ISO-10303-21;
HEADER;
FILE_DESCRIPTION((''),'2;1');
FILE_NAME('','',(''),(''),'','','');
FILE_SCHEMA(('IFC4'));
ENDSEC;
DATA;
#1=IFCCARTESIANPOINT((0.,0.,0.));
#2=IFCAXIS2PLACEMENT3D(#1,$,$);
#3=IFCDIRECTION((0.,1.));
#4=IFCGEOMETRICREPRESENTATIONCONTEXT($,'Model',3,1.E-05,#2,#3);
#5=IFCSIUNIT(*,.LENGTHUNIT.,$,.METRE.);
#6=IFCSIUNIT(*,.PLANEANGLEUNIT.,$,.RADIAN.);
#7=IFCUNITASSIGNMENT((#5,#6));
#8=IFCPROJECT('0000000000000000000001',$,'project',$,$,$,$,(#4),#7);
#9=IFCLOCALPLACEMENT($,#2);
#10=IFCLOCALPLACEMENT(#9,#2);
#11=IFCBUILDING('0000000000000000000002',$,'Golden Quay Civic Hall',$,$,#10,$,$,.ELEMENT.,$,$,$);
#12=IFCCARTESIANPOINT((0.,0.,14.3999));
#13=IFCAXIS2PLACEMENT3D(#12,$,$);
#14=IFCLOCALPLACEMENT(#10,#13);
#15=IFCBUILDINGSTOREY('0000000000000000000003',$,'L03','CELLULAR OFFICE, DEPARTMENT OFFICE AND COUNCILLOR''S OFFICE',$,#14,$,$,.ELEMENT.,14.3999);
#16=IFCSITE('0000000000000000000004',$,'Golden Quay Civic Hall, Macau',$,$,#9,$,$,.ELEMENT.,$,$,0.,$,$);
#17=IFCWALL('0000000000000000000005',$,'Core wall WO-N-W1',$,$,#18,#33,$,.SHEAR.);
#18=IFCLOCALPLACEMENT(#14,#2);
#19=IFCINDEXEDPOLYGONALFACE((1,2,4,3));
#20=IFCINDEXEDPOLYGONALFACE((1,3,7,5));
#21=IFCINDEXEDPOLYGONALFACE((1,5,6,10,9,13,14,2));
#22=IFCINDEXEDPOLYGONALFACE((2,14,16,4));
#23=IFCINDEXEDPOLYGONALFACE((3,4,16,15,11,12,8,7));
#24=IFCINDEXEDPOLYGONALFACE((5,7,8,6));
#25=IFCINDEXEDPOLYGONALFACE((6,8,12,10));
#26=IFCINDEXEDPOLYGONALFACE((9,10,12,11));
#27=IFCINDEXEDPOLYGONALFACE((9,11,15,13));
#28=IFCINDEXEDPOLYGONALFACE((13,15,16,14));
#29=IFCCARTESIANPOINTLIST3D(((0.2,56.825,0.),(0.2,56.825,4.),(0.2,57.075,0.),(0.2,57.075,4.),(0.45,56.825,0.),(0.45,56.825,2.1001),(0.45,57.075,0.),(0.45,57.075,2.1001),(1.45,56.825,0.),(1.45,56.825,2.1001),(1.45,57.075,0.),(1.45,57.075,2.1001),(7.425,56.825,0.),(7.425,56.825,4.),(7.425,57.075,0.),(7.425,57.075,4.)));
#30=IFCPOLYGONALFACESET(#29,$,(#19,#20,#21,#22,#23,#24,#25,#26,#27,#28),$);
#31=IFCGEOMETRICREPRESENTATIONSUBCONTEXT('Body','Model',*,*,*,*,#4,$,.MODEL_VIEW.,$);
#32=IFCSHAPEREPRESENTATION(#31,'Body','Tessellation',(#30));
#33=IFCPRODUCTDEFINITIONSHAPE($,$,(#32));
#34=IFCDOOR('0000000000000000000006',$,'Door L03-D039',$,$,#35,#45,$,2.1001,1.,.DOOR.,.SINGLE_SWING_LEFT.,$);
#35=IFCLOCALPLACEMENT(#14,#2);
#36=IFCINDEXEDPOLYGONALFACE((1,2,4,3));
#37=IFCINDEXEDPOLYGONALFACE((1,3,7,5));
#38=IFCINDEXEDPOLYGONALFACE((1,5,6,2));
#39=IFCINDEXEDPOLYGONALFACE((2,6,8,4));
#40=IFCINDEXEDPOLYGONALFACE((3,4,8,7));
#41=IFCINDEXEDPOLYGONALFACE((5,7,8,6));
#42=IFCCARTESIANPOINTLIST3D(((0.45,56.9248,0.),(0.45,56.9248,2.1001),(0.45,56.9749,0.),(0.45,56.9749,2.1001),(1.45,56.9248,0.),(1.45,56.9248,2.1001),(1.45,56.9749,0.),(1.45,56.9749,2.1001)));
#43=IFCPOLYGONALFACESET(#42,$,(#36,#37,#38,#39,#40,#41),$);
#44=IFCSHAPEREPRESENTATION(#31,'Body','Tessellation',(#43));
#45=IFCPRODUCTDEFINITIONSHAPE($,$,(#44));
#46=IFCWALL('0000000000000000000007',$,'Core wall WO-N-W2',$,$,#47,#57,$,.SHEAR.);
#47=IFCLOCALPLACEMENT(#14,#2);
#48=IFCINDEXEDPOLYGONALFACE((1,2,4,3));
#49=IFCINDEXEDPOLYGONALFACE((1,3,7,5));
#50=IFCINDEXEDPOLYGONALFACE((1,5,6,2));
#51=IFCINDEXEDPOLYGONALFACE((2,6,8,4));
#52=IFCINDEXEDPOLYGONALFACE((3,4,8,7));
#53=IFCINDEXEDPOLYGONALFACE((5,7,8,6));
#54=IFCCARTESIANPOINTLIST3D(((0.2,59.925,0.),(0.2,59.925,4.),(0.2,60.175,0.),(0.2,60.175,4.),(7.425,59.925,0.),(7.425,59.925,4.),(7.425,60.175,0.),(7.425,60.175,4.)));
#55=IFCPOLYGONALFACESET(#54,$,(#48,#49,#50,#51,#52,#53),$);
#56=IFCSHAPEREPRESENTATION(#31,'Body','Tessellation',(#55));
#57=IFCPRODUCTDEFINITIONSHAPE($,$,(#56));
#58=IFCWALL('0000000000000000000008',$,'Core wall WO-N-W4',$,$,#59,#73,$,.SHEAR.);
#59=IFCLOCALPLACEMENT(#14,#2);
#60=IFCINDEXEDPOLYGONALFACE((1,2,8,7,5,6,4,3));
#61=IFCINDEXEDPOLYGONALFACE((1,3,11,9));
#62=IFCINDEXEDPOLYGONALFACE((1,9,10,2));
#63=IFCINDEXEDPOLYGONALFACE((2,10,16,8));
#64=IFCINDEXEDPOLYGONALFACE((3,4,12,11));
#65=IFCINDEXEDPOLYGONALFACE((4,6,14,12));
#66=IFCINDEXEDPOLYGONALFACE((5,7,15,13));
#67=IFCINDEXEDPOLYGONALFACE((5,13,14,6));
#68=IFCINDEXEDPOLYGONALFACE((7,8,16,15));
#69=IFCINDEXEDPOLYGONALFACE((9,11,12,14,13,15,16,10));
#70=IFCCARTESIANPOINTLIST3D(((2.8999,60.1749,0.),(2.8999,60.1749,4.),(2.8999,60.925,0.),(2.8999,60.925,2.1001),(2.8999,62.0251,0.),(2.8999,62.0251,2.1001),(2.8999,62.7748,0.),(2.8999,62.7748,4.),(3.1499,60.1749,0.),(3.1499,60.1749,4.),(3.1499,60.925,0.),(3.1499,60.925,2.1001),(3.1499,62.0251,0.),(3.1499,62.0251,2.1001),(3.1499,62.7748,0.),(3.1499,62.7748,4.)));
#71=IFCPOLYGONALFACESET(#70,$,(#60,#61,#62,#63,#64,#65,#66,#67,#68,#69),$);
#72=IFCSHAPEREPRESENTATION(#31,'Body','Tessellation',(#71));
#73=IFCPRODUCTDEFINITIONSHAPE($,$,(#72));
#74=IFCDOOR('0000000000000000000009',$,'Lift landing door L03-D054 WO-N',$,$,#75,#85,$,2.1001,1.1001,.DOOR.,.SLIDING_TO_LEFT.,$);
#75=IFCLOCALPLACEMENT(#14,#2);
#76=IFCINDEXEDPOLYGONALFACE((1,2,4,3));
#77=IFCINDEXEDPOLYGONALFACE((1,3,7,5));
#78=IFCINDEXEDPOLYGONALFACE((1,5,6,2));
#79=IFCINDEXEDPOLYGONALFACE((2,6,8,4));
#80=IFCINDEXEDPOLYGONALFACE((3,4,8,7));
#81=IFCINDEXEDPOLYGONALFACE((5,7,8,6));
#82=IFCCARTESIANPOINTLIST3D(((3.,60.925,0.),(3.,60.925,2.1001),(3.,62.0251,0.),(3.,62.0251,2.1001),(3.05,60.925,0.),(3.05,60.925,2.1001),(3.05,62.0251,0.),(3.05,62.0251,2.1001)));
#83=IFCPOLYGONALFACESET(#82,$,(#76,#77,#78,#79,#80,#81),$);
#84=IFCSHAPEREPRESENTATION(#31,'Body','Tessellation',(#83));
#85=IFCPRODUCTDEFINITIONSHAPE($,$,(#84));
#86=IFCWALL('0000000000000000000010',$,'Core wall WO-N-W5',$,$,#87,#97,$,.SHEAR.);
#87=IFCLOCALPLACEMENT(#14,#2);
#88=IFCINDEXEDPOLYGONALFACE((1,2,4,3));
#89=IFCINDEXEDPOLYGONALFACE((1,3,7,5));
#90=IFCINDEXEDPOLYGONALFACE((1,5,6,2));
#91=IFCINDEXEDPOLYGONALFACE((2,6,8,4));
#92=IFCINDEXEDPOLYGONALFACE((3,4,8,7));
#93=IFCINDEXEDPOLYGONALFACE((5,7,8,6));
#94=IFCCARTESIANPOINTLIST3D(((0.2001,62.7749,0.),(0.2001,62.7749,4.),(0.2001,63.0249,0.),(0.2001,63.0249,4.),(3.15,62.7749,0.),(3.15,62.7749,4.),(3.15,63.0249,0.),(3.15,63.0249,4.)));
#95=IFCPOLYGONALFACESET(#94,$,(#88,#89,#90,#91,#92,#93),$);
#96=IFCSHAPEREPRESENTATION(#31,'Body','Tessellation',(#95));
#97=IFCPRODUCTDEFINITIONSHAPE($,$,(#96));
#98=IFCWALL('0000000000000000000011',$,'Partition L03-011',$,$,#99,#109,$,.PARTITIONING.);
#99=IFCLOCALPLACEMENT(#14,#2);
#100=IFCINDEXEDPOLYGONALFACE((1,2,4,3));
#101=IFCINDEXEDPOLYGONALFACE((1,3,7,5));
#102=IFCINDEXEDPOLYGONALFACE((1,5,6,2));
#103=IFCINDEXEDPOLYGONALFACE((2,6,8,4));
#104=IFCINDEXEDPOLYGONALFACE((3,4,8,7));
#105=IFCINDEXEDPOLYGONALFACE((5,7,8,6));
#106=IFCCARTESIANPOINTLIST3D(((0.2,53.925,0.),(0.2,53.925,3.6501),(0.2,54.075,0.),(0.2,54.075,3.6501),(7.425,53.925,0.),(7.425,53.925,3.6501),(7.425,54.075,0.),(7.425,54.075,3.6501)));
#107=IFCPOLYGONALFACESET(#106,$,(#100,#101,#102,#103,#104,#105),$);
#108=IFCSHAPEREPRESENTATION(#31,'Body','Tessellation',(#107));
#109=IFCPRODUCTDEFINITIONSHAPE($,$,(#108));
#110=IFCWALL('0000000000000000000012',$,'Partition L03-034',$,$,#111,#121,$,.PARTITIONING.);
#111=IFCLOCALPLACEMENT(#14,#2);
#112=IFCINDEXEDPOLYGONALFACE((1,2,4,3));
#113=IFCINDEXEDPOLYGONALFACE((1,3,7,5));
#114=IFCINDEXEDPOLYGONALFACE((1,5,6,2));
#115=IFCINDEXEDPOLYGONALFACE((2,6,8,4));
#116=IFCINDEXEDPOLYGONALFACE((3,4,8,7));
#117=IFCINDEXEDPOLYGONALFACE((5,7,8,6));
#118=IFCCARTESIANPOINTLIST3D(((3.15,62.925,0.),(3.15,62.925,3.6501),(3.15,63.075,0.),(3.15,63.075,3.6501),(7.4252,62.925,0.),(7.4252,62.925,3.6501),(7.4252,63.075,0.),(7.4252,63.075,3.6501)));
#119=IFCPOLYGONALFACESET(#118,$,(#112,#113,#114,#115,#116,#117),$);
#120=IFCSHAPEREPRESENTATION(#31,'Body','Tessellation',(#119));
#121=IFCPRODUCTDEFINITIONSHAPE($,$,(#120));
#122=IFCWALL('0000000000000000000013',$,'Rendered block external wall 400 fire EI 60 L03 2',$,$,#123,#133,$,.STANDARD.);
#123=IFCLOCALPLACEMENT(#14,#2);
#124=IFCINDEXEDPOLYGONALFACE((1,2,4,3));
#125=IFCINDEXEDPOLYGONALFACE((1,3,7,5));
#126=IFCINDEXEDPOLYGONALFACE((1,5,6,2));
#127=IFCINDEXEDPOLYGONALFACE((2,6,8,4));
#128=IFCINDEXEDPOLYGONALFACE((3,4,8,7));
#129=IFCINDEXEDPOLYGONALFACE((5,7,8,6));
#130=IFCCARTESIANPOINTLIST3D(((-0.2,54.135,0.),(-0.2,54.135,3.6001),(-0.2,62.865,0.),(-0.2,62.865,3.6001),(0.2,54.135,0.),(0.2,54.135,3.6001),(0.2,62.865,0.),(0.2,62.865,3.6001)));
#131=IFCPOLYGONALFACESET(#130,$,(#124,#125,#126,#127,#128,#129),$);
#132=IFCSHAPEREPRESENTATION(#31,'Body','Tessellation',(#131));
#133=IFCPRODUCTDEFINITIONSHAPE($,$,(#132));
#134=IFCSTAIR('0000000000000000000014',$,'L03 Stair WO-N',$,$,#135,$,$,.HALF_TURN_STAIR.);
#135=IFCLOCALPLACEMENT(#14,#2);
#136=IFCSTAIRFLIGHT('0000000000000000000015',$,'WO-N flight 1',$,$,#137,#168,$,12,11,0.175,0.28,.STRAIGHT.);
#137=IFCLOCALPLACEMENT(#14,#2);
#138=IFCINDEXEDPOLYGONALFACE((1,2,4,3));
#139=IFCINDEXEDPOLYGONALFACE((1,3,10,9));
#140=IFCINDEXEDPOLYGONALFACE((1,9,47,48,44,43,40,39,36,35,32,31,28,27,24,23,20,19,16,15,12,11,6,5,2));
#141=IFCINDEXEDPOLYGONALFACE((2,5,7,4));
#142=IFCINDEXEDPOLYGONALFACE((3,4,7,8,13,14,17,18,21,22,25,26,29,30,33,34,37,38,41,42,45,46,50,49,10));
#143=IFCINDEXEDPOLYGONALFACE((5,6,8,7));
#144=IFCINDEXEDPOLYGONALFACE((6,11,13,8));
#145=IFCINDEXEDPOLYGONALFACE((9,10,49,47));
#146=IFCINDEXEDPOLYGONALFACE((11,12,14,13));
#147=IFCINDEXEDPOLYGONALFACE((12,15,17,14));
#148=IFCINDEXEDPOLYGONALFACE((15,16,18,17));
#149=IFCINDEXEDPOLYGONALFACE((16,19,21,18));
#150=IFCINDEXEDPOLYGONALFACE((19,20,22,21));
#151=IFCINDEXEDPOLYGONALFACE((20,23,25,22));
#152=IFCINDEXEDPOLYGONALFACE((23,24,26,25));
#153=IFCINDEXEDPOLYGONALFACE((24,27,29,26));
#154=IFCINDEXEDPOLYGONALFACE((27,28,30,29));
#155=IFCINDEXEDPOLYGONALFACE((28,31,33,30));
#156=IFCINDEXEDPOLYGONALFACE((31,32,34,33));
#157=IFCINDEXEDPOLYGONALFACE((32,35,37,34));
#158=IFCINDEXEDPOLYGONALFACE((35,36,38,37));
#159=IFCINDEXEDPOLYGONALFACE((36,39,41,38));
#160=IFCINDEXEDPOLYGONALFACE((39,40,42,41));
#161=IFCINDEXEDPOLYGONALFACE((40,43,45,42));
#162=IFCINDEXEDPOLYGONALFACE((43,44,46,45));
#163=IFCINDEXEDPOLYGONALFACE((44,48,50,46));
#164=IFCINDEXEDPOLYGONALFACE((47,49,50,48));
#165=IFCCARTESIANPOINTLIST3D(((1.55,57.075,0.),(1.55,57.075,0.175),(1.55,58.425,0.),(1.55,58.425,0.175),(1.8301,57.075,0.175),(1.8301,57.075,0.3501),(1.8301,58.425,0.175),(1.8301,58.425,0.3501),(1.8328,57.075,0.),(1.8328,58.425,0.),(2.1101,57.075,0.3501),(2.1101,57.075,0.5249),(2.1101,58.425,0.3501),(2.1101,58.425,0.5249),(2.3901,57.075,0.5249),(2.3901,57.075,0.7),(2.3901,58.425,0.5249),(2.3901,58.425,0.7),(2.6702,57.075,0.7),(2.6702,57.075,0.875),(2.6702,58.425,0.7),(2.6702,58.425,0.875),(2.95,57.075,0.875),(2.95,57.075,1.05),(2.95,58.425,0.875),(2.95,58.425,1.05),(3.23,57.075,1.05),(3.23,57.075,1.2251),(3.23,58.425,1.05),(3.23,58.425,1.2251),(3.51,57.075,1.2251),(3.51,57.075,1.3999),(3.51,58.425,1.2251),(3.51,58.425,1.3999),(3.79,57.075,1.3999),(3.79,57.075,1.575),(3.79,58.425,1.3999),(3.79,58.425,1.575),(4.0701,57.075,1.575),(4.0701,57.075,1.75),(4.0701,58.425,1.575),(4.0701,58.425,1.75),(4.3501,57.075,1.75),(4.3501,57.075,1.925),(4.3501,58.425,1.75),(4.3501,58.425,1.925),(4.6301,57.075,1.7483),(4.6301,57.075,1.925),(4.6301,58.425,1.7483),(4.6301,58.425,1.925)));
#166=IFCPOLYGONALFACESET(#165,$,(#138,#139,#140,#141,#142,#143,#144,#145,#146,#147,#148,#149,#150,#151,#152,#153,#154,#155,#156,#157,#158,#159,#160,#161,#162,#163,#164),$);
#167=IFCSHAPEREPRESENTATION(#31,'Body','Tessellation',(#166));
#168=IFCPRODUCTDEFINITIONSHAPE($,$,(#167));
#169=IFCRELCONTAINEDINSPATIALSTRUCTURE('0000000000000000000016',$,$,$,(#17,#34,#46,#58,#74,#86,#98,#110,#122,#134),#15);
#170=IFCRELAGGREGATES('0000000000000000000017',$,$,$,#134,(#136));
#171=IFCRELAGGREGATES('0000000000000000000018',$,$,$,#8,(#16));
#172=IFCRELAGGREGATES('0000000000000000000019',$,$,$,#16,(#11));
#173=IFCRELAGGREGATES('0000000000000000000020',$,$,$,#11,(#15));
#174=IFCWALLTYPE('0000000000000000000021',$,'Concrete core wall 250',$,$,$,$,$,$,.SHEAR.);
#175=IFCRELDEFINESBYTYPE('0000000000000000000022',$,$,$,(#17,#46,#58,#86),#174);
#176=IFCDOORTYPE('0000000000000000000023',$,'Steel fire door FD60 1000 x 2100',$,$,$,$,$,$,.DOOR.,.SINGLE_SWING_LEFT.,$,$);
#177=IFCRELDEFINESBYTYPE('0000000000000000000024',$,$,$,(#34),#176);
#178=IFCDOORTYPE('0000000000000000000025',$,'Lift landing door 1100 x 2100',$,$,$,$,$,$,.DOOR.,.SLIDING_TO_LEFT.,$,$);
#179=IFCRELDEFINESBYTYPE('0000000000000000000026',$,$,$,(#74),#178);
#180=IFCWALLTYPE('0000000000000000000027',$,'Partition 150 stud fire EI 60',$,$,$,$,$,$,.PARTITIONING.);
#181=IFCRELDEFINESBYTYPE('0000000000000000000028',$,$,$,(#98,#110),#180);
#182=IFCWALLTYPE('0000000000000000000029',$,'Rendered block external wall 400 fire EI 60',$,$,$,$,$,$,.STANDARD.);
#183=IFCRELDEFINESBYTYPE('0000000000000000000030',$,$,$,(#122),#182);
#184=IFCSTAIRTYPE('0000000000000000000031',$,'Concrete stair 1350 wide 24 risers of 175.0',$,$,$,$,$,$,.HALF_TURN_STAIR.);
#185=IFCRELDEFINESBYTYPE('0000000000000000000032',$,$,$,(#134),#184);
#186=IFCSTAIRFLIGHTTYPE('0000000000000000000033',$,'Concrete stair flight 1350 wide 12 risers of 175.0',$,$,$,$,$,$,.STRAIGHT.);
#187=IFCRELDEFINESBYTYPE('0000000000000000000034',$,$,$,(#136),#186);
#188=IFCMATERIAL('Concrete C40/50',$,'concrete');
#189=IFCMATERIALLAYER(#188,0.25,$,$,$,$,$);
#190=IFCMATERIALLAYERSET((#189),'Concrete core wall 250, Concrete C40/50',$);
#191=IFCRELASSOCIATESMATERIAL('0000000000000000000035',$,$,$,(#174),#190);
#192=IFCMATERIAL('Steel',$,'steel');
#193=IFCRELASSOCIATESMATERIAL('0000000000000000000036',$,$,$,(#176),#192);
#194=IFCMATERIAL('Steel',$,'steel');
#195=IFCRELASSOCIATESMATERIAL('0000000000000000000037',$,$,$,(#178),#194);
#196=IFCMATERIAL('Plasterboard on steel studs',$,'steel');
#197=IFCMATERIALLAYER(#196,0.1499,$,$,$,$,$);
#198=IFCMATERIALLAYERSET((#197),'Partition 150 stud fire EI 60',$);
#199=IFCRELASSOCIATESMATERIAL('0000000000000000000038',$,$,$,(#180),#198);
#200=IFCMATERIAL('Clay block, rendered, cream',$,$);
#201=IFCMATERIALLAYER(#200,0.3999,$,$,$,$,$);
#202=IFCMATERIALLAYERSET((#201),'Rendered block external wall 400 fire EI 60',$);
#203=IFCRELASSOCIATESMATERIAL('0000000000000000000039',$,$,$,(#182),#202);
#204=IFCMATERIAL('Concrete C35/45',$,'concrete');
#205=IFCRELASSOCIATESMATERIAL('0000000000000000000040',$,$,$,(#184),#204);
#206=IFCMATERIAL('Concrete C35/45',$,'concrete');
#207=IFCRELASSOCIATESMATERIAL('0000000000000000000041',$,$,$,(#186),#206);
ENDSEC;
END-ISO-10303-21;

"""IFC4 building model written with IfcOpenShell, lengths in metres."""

from ifc_helpers import new_model, si_unit, direction, frame, frame_2d, origin, place, context, subcontext, project, spatial, polyline, rectangle, outline, extrude, material, layer, layer_set, type_object, element, fill, aggregate, save


model = new_model("IFC4")

# Units and contexts
model_context = context("Model", 3, precision=1e-05, world=origin(), true_north=direction((0.0, 1.0)))
body_context = subcontext(model_context, "Body", "Model", "MODEL_VIEW")
ifc_project = project(units=[si_unit("LENGTHUNIT", "METRE"), si_unit("PLANEANGLEUNIT", "RADIAN")], contexts=[model_context])

# Site, building, storey
site_placement = place(None, origin())
site = spatial("IfcSite", under=ifc_project, at=site_placement, Name="Golden Quay Civic Hall, Macau", CompositionType="ELEMENT", RefElevation=0.0)
building_placement = place(site_placement, origin())
building = spatial("IfcBuilding", under=site, at=building_placement, Name="Golden Quay Civic Hall", CompositionType="ELEMENT")
storey_placement = place(building_placement, frame((0.0, 0.0, 14.3999)))
storey = spatial("IfcBuildingStorey", under=building, at=storey_placement, Name="L03", Description="CELLULAR OFFICE, DEPARTMENT OFFICE AND COUNCILLOR'S OFFICE", CompositionType="ELEMENT", Elevation=14.3999)

# Wall, opening, door
ifc_material_1 = material(Name="Concrete C40/50", Category="concrete")
ifc_layer_1 = layer(ifc_material_1, 0.25)
ifc_layer_set_1 = layer_set([ifc_layer_1], Name="Concrete core wall 250, Concrete C40/50")
wall_type_1 = type_object("IfcWallType", Name="Concrete core wall 250", PredefinedType="SHEAR", material=ifc_layer_set_1)
wall_1_placement = place(storey_placement, frame((0.2, 56.95, 0.0), z_axis=(0.0, 0.0, 1.0), x_axis=(1.0, 0.0, 0.0)))
wall_1 = element("IfcWall", 1, at=wall_1_placement, inside=storey, type_object=wall_type_1, Name="Core wall WO-N-W1", PredefinedType="SHEAR", context=body_context, shape_type="SweptSolid", body=[
    extrude(rectangle(XDim=7.2251, YDim=0.25, at=frame_2d((3.6125, 0.0))), origin(), (0.0, 0.0, 1.0), 4.0),
])
opening_1_placement = place(wall_1_placement, frame((0.25, 0.0, 0.0)))
opening_1 = element("IfcOpeningElement", 2, at=opening_1_placement, cuts=wall_1, PredefinedType="OPENING", context=body_context, shape_type="SweptSolid", body=[
    extrude(rectangle(XDim=1.0, YDim=2.1001, at=frame_2d((0.5, 1.05))), frame((0.0, 0.135, 0.0), z_axis=(0.0, -1.0, 0.0), x_axis=(1.0, 0.0, 0.0)), (0.0, 0.0, 1.0), 0.27),
])
ifc_material_2 = material(Name="Steel", Category="steel")
door_type_1 = type_object("IfcDoorType", Name="Steel fire door FD60 1000 x 2100", OperationType="SINGLE_SWING_LEFT", PredefinedType="DOOR", material=ifc_material_2)
door_1_placement = place(opening_1_placement, origin())
door_1 = element("IfcDoor", 3, at=door_1_placement, inside=storey, type_object=door_type_1, Name="Door L03-D039", OperationType="SINGLE_SWING_LEFT", OverallHeight=2.1001, OverallWidth=1.0, PredefinedType="DOOR", context=body_context, shape_type="SweptSolid", body=[
    extrude(rectangle(XDim=1.0, YDim=2.1001, at=frame_2d((0.5, 1.05))), frame((0.0, 0.0249, 0.0), z_axis=(0.0, -1.0, 0.0), x_axis=(1.0, 0.0, 0.0)), (0.0, 0.0, 1.0), 0.05),
])
fill(opening_1, door_1)

# Wall
wall_2_placement = place(storey_placement, frame((0.2, 60.05, 0.0), z_axis=(0.0, 0.0, 1.0), x_axis=(1.0, 0.0, 0.0)))
element("IfcWall", 4, at=wall_2_placement, inside=storey, type_object=wall_type_1, Name="Core wall WO-N-W2", PredefinedType="SHEAR", context=body_context, shape_type="SweptSolid", body=[
    extrude(rectangle(XDim=7.2251, YDim=0.25, at=frame_2d((3.6125, 0.0))), origin(), (0.0, 0.0, 1.0), 4.0),
])

# Wall, opening, door
wall_3_placement = place(storey_placement, frame((3.0249, 60.175, 0.0), z_axis=(0.0, 0.0, 1.0), x_axis=(0.0, 1.0, 0.0)))
wall_3 = element("IfcWall", 5, at=wall_3_placement, inside=storey, type_object=wall_type_1, Name="Core wall WO-N-W4", PredefinedType="SHEAR", context=body_context, shape_type="SweptSolid", body=[
    extrude(rectangle(XDim=2.5999, YDim=0.25, at=frame_2d((1.2998, 0.0))), origin(), (0.0, 0.0, 1.0), 4.0),
])
opening_2_placement = place(wall_3_placement, frame((0.75, 0.0, 0.0)))
opening_2 = element("IfcOpeningElement", 6, at=opening_2_placement, cuts=wall_3, PredefinedType="OPENING", context=body_context, shape_type="SweptSolid", body=[
    extrude(rectangle(XDim=1.1001, YDim=2.1001, at=frame_2d((0.55, 1.05))), frame((0.0, 0.135, 0.0), z_axis=(0.0, -1.0, 0.0), x_axis=(1.0, 0.0, 0.0)), (0.0, 0.0, 1.0), 0.27),
])
ifc_material_3 = material(Name="Steel", Category="steel")
door_type_2 = type_object("IfcDoorType", Name="Lift landing door 1100 x 2100", OperationType="SLIDING_TO_LEFT", PredefinedType="DOOR", material=ifc_material_3)
door_2_placement = place(opening_2_placement, origin())
door_2 = element("IfcDoor", 7, at=door_2_placement, inside=storey, type_object=door_type_2, Name="Lift landing door L03-D054 WO-N", OperationType="SLIDING_TO_LEFT", OverallHeight=2.1001, OverallWidth=1.1001, PredefinedType="DOOR", context=body_context, shape_type="SweptSolid", body=[
    extrude(rectangle(XDim=1.1001, YDim=2.1001, at=frame_2d((0.55, 1.05))), frame((0.0, 0.0249, 0.0), z_axis=(0.0, -1.0, 0.0), x_axis=(1.0, 0.0, 0.0)), (0.0, 0.0, 1.0), 0.05),
])
fill(opening_2, door_2)

# Walls
wall_4_placement = place(storey_placement, frame((0.2, 62.8999, 0.0), z_axis=(0.0, 0.0, 1.0), x_axis=(1.0, 0.0, 0.0)))
element("IfcWall", 8, at=wall_4_placement, inside=storey, type_object=wall_type_1, Name="Core wall WO-N-W5", PredefinedType="SHEAR", context=body_context, shape_type="SweptSolid", body=[
    extrude(rectangle(XDim=2.95, YDim=0.25, at=frame_2d((1.4751, 0.0))), origin(), (0.0, 0.0, 1.0), 4.0),
])
ifc_material_4 = material(Name="Plasterboard on steel studs", Category="steel")
ifc_layer_2 = layer(ifc_material_4, 0.1499)
ifc_layer_set_2 = layer_set([ifc_layer_2], Name="Partition 150 stud fire EI 60")
wall_type_2 = type_object("IfcWallType", Name="Partition 150 stud fire EI 60", PredefinedType="PARTITIONING", material=ifc_layer_set_2)
wall_5_placement = place(storey_placement, frame((0.2, 54.0, 0.0), z_axis=(0.0, 0.0, 1.0), x_axis=(1.0, 0.0, 0.0)))
element("IfcWall", 9, at=wall_5_placement, inside=storey, type_object=wall_type_2, Name="Partition L03-011", PredefinedType="PARTITIONING", context=body_context, shape_type="SweptSolid", body=[
    extrude(rectangle(XDim=7.2251, YDim=0.1499, at=frame_2d((3.6125, 0.0))), origin(), (0.0, 0.0, 1.0), 3.6501),
])
wall_6_placement = place(storey_placement, frame((3.1499, 63.0, 0.0), z_axis=(0.0, 0.0, 1.0), x_axis=(1.0, 0.0, 0.0)))
element("IfcWall", 10, at=wall_6_placement, inside=storey, type_object=wall_type_2, Name="Partition L03-034", PredefinedType="PARTITIONING", context=body_context, shape_type="SweptSolid", body=[
    extrude(rectangle(XDim=4.2751, YDim=0.1499, at=frame_2d((2.1377, 0.0))), origin(), (0.0, 0.0, 1.0), 3.6501),
])
ifc_material_5 = material(Name="Clay block, rendered, cream")
ifc_layer_3 = layer(ifc_material_5, 0.3999)
ifc_layer_set_3 = layer_set([ifc_layer_3], Name="Rendered block external wall 400 fire EI 60")
wall_type_3 = type_object("IfcWallType", Name="Rendered block external wall 400 fire EI 60", PredefinedType="STANDARD", material=ifc_layer_set_3)
wall_7_placement = place(storey_placement, frame((0.0, 54.135, 0.0), z_axis=(0.0, 0.0, 1.0), x_axis=(0.0, 1.0, 0.0)))
element("IfcWall", 11, at=wall_7_placement, inside=storey, type_object=wall_type_3, Name="Rendered block external wall 400 fire EI 60 L03 2", PredefinedType="STANDARD", context=body_context, shape_type="SweptSolid", body=[
    extrude(rectangle(XDim=8.73, YDim=0.3999, at=frame_2d((4.365, 0.0))), origin(), (0.0, 0.0, 1.0), 3.6001),
])

# Stair, stair flight
ifc_material_6 = material(Name="Concrete C35/45", Category="concrete")
stair_type = type_object("IfcStairType", Name="Concrete stair 1350 wide 24 risers of 175.0", PredefinedType="HALF_TURN_STAIR", material=ifc_material_6)
stair_placement = place(storey_placement, origin())
stair = element("IfcStair", 12, at=stair_placement, inside=storey, type_object=stair_type, Name="L03 Stair WO-N", PredefinedType="HALF_TURN_STAIR")
ifc_material_7 = material(Name="Concrete C35/45", Category="concrete")
stair_flight_type = type_object("IfcStairFlightType", Name="Concrete stair flight 1350 wide 12 risers of 175.0", PredefinedType="STRAIGHT", material=ifc_material_7)
stair_flight_1_placement = place(storey_placement, frame((1.55, 57.75, 0.0), z_axis=(0.0, 0.0, 1.0), x_axis=(1.0, 0.0, 0.0)))
stair_flight_1 = element("IfcStairFlight", 13, at=stair_flight_1_placement, type_object=stair_flight_type, Name="WO-N flight 1", NumberOfRisers=12, NumberOfTreads=11, PredefinedType="STRAIGHT", RiserHeight=0.175, TreadLength=0.28, context=body_context, shape_type="SweptSolid", body=[
    extrude(outline(polyline([(0.0, 0.0), (0.0, 0.175), (0.28, 0.175), (0.28, 0.3501), (0.5601, 0.3501), (0.5601, 0.5249), (0.8401, 0.5249), (0.8401, 0.7), (1.1201, 0.7), (1.1201, 0.875), (1.3999, 0.875), (1.3999, 1.05), (1.6799, 1.05), (1.6799, 1.2251), (1.96, 1.2251), (1.96, 1.3999), (2.24, 1.3999), (2.24, 1.575), (2.52, 1.575), (2.52, 1.75), (2.8, 1.75), (2.8, 1.925), (3.0801, 1.925), (3.0801, 2.1001), (3.0801, 1.7483), (0.2827, 0.0), (0.0, 0.0)])), frame((0.0, 0.675, 0.0), z_axis=(0.0, -1.0, 0.0), x_axis=(1.0, 0.0, 0.0)), (0.0, 0.0, 1.0), 1.35),
])
aggregate(stair, [stair_flight_1])

save(model, "model.ifc")
